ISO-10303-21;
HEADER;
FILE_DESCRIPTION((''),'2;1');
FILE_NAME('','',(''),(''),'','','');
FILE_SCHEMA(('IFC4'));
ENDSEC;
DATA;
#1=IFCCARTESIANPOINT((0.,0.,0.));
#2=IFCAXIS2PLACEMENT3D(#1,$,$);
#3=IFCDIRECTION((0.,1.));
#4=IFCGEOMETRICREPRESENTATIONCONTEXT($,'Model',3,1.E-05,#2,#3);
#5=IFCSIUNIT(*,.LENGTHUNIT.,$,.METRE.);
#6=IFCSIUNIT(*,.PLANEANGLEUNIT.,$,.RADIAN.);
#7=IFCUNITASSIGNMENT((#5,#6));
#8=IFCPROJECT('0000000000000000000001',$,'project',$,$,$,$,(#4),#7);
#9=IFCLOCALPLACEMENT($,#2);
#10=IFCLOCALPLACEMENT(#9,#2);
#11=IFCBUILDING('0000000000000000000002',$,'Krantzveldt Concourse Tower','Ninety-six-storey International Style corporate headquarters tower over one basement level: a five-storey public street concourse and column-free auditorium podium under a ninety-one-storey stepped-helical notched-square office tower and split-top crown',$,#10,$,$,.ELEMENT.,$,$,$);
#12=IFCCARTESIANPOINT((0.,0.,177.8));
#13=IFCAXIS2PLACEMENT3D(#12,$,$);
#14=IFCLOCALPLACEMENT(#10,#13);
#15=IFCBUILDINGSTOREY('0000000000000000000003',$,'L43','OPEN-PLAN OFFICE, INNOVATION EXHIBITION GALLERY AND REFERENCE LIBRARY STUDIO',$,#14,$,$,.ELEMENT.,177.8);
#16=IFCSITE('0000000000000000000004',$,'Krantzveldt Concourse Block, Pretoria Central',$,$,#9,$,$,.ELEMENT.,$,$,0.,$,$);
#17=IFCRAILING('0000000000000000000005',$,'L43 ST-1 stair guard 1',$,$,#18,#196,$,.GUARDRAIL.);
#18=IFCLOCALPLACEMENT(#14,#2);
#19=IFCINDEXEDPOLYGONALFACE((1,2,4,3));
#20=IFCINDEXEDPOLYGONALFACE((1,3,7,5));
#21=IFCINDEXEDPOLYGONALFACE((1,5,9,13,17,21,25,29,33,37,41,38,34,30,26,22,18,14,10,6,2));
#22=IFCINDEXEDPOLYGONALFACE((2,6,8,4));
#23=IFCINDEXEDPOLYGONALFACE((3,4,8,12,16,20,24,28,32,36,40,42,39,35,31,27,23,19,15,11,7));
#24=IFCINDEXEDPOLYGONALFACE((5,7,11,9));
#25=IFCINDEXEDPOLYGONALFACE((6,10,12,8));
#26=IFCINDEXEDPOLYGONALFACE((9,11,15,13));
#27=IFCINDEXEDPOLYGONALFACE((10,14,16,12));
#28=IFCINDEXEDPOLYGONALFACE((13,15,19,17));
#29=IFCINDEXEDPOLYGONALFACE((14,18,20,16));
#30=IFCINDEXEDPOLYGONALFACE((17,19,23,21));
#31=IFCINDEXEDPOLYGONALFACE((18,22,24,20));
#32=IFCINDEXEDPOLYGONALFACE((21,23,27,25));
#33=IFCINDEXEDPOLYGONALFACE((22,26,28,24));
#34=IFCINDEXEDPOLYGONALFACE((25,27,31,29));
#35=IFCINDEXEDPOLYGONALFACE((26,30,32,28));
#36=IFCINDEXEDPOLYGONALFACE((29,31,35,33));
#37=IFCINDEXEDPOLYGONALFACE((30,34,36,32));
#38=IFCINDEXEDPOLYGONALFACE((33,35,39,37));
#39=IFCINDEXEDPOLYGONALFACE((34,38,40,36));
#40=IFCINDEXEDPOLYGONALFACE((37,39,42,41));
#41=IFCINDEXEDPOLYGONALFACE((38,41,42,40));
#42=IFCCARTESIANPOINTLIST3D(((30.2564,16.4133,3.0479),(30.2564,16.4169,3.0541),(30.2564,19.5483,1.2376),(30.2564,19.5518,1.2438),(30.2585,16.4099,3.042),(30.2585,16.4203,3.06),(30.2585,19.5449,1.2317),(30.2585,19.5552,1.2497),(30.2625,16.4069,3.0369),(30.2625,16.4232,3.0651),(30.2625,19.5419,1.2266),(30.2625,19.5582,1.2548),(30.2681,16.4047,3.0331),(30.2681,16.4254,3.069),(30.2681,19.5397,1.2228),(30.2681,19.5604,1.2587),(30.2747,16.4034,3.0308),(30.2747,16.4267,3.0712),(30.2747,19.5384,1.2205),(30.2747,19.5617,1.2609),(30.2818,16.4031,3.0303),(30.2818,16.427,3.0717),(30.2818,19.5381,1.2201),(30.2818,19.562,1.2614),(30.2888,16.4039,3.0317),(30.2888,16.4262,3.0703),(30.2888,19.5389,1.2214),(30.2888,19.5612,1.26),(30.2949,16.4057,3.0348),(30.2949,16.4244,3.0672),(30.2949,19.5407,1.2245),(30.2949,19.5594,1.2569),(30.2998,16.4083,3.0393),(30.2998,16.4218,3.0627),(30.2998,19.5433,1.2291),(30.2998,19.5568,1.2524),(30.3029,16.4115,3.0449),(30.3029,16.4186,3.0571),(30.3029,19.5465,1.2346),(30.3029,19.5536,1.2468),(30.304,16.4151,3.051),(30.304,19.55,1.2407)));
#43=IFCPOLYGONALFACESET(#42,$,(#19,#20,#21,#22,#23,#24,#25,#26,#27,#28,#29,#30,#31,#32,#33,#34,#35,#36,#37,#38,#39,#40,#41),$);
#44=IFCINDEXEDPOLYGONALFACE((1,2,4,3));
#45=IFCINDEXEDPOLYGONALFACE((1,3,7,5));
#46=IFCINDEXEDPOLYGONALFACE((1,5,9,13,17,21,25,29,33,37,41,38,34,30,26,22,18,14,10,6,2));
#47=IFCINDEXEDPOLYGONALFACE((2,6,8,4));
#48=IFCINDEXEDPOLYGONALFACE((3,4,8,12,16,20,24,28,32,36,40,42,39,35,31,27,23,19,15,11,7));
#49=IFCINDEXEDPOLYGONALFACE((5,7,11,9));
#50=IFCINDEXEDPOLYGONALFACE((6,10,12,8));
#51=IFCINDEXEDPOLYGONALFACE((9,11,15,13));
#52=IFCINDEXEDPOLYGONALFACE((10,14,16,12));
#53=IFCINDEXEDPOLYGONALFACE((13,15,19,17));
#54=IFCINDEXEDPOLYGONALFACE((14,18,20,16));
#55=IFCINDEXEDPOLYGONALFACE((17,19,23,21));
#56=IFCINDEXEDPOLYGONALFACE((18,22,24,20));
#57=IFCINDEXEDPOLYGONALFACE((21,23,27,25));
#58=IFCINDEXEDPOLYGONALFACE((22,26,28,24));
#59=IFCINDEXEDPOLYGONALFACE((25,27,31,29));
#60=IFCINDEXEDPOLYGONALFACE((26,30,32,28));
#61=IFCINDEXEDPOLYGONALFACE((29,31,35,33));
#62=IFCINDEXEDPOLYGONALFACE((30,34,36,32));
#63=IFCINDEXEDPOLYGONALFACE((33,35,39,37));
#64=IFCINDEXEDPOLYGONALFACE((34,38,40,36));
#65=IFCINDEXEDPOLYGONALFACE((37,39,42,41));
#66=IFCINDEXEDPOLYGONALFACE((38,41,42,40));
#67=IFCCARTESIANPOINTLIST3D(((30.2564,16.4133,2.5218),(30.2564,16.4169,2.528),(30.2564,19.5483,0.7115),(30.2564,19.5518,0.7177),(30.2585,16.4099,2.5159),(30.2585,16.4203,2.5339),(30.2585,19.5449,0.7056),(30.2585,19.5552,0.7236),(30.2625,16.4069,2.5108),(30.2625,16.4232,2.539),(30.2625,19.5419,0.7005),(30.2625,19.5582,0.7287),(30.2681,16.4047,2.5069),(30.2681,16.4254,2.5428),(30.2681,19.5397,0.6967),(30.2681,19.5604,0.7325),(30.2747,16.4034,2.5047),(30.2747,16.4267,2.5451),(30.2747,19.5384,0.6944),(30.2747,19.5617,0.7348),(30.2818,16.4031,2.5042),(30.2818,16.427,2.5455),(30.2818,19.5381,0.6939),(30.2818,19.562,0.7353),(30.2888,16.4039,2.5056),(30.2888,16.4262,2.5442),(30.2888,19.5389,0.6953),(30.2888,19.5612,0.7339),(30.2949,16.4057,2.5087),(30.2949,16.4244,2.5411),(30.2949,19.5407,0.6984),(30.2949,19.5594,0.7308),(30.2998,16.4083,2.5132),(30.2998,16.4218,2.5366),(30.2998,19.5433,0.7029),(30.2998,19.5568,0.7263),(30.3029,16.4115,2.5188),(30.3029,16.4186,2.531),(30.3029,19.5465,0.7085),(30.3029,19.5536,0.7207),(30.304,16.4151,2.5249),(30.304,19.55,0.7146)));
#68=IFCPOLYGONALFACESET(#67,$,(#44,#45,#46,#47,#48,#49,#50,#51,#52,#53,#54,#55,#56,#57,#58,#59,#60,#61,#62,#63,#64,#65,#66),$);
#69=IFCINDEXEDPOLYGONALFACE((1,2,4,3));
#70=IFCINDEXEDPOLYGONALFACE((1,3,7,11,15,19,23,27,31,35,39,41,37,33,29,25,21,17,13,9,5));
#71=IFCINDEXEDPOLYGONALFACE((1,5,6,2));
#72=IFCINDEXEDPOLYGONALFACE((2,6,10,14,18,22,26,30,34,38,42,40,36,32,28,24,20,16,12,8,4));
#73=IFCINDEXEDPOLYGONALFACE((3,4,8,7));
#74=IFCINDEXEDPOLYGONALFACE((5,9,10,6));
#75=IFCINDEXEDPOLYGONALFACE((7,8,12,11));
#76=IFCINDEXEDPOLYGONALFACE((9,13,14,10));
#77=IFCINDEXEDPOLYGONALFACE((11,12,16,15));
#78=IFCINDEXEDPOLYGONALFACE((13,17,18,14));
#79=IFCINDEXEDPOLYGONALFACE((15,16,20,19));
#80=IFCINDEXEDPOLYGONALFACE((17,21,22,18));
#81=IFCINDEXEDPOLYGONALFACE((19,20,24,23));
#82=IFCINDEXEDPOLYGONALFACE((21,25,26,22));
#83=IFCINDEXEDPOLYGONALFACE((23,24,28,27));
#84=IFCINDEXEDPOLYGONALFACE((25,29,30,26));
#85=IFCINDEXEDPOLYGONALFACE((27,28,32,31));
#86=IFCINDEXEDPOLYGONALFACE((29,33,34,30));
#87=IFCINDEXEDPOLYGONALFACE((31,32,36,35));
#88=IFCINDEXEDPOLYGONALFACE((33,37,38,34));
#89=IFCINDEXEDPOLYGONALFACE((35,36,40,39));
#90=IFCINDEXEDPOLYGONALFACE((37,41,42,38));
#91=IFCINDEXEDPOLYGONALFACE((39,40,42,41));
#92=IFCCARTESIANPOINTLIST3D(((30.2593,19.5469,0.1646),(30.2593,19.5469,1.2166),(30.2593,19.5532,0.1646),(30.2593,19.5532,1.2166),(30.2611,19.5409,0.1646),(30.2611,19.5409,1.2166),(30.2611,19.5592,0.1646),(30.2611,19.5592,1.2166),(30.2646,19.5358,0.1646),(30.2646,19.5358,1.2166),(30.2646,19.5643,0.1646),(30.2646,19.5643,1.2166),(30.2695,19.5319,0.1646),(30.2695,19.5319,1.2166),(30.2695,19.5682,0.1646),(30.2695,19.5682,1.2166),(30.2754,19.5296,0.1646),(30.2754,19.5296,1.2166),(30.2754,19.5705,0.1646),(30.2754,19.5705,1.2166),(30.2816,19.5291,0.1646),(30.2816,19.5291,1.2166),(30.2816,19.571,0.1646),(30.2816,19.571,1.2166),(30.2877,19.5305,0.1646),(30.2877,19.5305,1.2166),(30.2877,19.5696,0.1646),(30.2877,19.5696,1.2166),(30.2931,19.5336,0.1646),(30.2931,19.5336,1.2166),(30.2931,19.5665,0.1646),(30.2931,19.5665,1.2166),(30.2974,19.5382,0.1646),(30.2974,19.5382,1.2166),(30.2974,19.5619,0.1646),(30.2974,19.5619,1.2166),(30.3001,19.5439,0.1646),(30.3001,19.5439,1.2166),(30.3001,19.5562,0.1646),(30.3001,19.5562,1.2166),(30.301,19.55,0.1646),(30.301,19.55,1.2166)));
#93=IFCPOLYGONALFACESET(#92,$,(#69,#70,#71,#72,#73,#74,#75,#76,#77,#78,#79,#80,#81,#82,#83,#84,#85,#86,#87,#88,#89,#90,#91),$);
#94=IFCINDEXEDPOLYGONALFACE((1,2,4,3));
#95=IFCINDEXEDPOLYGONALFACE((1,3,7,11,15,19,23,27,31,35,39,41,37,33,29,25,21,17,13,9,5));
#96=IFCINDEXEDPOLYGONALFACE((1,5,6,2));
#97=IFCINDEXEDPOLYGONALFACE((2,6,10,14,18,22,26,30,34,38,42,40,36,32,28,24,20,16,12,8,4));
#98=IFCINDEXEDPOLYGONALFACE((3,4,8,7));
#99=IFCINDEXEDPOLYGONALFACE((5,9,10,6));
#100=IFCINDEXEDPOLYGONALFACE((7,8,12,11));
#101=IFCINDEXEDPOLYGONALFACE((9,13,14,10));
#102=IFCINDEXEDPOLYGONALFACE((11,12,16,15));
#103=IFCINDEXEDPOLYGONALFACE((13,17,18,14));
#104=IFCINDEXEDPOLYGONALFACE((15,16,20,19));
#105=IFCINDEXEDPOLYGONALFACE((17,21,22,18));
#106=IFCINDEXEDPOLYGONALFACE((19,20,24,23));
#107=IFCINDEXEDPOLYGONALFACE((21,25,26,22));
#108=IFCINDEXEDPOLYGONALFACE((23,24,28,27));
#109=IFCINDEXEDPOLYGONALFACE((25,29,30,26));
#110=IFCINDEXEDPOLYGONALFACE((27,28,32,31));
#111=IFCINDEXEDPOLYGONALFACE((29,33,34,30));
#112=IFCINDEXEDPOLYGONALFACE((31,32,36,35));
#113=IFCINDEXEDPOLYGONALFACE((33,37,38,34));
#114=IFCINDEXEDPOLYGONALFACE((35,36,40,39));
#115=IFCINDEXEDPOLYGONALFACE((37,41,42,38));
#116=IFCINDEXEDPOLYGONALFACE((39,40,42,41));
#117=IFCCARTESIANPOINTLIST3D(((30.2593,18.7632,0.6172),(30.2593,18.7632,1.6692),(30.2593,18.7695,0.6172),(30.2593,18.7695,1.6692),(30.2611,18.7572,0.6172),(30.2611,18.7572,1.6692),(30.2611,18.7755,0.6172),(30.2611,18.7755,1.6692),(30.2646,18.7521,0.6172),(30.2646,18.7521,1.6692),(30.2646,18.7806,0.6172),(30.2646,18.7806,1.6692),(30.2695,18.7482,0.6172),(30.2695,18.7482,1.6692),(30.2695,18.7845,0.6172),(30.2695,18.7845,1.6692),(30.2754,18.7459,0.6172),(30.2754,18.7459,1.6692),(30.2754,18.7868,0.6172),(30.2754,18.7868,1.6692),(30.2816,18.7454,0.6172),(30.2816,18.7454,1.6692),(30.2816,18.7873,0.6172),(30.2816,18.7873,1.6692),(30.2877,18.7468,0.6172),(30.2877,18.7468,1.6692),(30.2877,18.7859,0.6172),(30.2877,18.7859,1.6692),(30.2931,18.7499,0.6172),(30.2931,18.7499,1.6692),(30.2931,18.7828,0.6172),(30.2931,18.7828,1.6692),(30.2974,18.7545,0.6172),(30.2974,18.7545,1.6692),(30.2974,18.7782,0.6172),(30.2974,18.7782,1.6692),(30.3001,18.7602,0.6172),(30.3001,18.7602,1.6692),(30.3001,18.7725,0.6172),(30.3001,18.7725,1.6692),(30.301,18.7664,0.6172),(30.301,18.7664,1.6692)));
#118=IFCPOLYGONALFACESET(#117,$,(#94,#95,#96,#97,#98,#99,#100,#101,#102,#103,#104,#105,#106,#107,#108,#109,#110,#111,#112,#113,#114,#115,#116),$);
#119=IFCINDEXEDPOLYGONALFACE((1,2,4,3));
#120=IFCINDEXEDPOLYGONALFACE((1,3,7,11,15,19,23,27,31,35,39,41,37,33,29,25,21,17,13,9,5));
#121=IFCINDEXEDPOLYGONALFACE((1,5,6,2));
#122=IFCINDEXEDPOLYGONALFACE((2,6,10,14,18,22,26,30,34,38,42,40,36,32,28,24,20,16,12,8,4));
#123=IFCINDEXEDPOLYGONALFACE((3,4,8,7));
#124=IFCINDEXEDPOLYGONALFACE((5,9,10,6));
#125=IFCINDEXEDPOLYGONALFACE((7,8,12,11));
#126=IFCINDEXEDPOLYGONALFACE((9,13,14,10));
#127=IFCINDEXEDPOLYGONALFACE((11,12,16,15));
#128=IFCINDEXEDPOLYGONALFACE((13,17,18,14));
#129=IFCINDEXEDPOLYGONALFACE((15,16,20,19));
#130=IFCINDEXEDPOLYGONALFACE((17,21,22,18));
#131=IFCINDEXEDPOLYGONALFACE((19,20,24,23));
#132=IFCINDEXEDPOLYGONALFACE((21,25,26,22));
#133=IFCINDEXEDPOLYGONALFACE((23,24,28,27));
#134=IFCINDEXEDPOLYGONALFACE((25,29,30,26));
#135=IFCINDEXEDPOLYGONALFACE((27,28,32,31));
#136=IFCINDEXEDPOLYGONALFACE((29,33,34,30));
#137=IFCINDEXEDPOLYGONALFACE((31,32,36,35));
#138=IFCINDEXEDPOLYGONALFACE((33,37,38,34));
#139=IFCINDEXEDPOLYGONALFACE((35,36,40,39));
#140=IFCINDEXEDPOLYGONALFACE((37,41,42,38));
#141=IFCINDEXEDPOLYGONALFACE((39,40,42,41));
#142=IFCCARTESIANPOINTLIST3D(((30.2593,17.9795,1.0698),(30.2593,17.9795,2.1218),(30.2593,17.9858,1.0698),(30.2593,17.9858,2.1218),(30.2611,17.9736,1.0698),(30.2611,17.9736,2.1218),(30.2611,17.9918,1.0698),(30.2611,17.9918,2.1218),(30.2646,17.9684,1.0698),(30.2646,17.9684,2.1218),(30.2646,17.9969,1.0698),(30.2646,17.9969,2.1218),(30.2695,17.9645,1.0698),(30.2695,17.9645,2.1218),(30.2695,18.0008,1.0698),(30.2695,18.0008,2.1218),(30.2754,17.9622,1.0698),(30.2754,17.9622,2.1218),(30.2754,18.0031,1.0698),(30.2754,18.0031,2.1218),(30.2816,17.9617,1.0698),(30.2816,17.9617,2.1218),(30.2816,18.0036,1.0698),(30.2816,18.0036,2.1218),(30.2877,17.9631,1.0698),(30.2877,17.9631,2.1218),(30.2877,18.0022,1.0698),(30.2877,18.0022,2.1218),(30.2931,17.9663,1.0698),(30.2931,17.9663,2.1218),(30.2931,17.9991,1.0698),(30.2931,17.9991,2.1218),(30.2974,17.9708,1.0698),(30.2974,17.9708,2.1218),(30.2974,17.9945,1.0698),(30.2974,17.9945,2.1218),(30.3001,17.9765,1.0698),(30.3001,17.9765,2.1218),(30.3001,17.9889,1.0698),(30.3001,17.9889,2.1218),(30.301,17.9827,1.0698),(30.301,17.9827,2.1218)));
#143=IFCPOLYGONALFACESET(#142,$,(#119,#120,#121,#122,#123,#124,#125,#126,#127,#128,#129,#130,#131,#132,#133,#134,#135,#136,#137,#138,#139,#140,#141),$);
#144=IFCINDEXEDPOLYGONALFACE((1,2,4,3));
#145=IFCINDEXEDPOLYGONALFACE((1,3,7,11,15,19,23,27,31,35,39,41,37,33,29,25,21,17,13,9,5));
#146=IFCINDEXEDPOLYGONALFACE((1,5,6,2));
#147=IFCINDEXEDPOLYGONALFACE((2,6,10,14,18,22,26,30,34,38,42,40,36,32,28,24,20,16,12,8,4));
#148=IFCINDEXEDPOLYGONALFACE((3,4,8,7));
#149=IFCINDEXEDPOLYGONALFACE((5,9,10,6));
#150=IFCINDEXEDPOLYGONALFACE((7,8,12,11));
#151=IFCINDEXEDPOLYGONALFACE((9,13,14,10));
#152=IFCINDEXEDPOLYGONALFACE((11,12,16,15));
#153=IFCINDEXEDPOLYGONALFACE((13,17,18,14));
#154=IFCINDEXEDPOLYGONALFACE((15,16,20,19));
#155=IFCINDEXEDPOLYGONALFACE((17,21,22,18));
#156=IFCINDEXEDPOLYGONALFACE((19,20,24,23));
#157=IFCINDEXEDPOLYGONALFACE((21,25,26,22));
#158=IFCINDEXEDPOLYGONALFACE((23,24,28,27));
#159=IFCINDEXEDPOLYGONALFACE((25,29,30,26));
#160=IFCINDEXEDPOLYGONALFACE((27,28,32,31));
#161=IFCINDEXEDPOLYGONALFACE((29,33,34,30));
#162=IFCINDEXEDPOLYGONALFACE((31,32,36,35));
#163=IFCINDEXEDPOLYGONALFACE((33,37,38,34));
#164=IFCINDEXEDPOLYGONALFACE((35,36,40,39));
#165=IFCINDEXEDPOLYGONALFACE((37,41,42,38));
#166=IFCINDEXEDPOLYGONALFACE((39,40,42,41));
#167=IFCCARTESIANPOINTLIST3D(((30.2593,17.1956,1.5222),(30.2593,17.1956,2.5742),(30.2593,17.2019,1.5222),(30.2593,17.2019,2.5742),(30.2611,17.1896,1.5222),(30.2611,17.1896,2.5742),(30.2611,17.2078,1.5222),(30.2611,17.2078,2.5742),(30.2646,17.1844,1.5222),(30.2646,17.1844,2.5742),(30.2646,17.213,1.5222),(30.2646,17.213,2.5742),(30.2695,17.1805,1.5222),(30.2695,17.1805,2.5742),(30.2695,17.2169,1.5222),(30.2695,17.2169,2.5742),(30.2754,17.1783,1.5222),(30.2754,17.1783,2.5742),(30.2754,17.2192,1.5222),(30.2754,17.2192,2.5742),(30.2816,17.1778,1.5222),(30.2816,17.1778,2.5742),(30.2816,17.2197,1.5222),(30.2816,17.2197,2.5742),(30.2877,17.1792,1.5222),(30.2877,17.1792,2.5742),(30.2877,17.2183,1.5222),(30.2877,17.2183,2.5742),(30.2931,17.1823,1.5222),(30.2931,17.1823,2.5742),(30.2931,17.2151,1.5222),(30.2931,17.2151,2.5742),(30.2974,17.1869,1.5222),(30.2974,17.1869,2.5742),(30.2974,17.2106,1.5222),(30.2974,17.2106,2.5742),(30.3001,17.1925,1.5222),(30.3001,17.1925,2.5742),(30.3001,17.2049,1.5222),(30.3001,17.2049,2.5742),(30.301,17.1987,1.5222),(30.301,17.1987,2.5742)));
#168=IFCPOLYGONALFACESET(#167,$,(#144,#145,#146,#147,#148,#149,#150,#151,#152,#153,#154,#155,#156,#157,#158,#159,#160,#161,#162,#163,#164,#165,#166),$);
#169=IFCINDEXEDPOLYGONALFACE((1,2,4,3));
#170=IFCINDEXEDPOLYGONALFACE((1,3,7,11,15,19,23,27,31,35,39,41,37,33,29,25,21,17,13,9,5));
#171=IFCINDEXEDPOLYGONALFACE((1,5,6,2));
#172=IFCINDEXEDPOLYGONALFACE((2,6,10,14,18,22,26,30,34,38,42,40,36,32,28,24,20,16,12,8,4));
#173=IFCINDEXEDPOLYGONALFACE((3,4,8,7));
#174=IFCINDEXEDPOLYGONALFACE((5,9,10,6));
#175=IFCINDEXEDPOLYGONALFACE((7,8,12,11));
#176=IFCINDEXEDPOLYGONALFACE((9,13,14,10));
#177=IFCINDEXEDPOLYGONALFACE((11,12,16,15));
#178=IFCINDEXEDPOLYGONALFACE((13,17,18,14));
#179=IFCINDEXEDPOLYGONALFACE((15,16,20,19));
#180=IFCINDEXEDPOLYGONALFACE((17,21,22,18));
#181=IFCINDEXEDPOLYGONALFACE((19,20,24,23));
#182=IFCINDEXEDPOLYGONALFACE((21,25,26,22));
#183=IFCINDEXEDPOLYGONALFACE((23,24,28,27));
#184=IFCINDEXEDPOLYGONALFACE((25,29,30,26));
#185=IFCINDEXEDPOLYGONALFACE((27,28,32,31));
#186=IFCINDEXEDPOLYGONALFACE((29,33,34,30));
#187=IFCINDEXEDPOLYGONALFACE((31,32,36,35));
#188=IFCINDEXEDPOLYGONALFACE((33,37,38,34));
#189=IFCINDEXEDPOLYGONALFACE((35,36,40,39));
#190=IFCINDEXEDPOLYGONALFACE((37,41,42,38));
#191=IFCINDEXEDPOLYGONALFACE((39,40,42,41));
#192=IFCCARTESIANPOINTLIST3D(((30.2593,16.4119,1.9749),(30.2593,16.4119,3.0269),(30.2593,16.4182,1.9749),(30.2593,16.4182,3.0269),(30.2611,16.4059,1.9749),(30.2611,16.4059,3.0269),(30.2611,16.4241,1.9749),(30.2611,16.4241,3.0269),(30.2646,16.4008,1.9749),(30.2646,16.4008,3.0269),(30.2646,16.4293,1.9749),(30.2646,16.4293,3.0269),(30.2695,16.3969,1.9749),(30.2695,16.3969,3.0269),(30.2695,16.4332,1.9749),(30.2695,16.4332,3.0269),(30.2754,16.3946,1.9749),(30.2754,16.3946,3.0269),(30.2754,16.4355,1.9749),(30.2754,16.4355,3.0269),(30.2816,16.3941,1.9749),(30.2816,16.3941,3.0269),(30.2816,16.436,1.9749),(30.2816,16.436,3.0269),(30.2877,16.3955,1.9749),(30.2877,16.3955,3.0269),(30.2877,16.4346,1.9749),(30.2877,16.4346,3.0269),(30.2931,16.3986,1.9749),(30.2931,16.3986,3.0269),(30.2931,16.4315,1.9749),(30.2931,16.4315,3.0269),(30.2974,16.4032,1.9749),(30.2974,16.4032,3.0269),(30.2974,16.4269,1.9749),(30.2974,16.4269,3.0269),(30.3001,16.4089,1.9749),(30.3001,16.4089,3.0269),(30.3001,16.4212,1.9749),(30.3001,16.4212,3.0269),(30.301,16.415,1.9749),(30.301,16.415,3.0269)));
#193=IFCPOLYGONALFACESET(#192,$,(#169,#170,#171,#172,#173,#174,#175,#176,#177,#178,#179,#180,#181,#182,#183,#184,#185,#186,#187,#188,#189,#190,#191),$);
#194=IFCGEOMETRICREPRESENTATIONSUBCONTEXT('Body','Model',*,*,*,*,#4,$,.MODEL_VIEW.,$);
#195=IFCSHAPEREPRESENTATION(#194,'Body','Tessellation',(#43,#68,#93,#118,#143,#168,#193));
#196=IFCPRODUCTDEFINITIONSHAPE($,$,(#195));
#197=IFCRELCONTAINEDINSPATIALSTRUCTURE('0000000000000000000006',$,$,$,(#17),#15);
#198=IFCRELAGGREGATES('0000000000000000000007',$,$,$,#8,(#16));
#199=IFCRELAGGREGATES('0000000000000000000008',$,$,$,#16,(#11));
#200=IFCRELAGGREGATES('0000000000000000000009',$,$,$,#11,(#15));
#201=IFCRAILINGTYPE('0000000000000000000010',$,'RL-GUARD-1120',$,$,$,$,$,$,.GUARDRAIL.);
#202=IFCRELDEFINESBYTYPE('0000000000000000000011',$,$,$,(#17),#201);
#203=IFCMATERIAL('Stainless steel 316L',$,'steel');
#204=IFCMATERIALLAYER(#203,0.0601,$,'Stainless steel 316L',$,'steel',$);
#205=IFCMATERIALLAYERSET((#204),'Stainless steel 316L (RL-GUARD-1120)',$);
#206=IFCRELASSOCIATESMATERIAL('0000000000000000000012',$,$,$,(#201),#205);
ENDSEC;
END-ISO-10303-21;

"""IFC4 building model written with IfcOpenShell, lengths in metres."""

from ifc_helpers import new_model, si_unit, direction, frame, origin, origin_2d, place, context, subcontext, project, spatial, circle, extrude, material, layer, layer_set, type_object, element, save


model = new_model("IFC4")

# Units and contexts
model_context = context("Model", 3, precision=1e-05, world=origin(), true_north=direction((0.0, 1.0)))
body_context = subcontext(model_context, "Body", "Model", "MODEL_VIEW")
ifc_project = project(units=[si_unit("LENGTHUNIT", "METRE"), si_unit("PLANEANGLEUNIT", "RADIAN")], contexts=[model_context])

# Site, building, storey
site_placement = place(None, origin())
site = spatial("IfcSite", under=ifc_project, at=site_placement, Name="Krantzveldt Concourse Block, Pretoria Central", CompositionType="ELEMENT", RefElevation=0.0)
building_placement = place(site_placement, origin())
building = spatial("IfcBuilding", under=site, at=building_placement, Name="Krantzveldt Concourse Tower", Description="Ninety-six-storey International Style corporate headquarters tower over one basement level: a five-storey public street concourse and column-free auditorium podium under a ninety-one-storey stepped-helical notched-square office tower and split-top crown", CompositionType="ELEMENT")
storey_placement = place(building_placement, frame((0.0, 0.0, 177.8)))
storey = spatial("IfcBuildingStorey", under=building, at=storey_placement, Name="L43", Description="OPEN-PLAN OFFICE, INNOVATION EXHIBITION GALLERY AND REFERENCE LIBRARY STUDIO", CompositionType="ELEMENT", Elevation=177.8)

# Shared definitions
ifc_material_1 = material(Name="Stainless steel 316L", Category="steel")

# Railing
ifc_layer_1 = layer(ifc_material_1, 0.0601, Name="Stainless steel 316L", Category="steel")
ifc_layer_set_1 = layer_set([ifc_layer_1], Name="Stainless steel 316L (RL-GUARD-1120)")
railing_type_1 = type_object("IfcRailingType", Name="RL-GUARD-1120", PredefinedType="GUARDRAIL", material=ifc_layer_set_1)
railing_1_placement = place(storey_placement, frame((30.28, 19.55, 0.1646)))
element("IfcRailing", 1, at=railing_1_placement, inside=storey, type_object=railing_type_1, Name="L43 ST-1 stair guard 1", PredefinedType="GUARDRAIL", context=body_context, shape_type="SweptSolid", body=[
    extrude(circle(Radius=0.0239, at=origin_2d()), frame((0.0, 0.0, 1.0762), z_axis=(0.0, -0.865989, 0.500063), x_axis=(1.0, 0.0, 0.0)), (0.0, 0.0, 1.0), 3.6201),
    extrude(circle(Radius=0.0239, at=origin_2d()), frame((0.0, 0.0, 0.55), z_axis=(0.0, -0.865989, 0.500063), x_axis=(1.0, 0.0, 0.0)), (0.0, 0.0, 1.0), 3.6201),
    extrude(circle(Radius=0.021, at=origin_2d()), origin(), (0.0, 0.0, 1.0), 1.052),
    extrude(circle(Radius=0.021, at=origin_2d()), frame((0.0, -0.7837, 0.4526)), (0.0, 0.0, 1.0), 1.052),
    extrude(circle(Radius=0.021, at=origin_2d()), frame((0.0, -1.5674, 0.9053)), (0.0, 0.0, 1.0), 1.052),
    extrude(circle(Radius=0.021, at=origin_2d()), frame((0.0, -2.3513, 1.3577)), (0.0, 0.0, 1.0), 1.052),
    extrude(circle(Radius=0.021, at=origin_2d()), frame((0.0, -3.135, 1.8103)), (0.0, 0.0, 1.0), 1.052),
])

save(model, "model.ifc")
